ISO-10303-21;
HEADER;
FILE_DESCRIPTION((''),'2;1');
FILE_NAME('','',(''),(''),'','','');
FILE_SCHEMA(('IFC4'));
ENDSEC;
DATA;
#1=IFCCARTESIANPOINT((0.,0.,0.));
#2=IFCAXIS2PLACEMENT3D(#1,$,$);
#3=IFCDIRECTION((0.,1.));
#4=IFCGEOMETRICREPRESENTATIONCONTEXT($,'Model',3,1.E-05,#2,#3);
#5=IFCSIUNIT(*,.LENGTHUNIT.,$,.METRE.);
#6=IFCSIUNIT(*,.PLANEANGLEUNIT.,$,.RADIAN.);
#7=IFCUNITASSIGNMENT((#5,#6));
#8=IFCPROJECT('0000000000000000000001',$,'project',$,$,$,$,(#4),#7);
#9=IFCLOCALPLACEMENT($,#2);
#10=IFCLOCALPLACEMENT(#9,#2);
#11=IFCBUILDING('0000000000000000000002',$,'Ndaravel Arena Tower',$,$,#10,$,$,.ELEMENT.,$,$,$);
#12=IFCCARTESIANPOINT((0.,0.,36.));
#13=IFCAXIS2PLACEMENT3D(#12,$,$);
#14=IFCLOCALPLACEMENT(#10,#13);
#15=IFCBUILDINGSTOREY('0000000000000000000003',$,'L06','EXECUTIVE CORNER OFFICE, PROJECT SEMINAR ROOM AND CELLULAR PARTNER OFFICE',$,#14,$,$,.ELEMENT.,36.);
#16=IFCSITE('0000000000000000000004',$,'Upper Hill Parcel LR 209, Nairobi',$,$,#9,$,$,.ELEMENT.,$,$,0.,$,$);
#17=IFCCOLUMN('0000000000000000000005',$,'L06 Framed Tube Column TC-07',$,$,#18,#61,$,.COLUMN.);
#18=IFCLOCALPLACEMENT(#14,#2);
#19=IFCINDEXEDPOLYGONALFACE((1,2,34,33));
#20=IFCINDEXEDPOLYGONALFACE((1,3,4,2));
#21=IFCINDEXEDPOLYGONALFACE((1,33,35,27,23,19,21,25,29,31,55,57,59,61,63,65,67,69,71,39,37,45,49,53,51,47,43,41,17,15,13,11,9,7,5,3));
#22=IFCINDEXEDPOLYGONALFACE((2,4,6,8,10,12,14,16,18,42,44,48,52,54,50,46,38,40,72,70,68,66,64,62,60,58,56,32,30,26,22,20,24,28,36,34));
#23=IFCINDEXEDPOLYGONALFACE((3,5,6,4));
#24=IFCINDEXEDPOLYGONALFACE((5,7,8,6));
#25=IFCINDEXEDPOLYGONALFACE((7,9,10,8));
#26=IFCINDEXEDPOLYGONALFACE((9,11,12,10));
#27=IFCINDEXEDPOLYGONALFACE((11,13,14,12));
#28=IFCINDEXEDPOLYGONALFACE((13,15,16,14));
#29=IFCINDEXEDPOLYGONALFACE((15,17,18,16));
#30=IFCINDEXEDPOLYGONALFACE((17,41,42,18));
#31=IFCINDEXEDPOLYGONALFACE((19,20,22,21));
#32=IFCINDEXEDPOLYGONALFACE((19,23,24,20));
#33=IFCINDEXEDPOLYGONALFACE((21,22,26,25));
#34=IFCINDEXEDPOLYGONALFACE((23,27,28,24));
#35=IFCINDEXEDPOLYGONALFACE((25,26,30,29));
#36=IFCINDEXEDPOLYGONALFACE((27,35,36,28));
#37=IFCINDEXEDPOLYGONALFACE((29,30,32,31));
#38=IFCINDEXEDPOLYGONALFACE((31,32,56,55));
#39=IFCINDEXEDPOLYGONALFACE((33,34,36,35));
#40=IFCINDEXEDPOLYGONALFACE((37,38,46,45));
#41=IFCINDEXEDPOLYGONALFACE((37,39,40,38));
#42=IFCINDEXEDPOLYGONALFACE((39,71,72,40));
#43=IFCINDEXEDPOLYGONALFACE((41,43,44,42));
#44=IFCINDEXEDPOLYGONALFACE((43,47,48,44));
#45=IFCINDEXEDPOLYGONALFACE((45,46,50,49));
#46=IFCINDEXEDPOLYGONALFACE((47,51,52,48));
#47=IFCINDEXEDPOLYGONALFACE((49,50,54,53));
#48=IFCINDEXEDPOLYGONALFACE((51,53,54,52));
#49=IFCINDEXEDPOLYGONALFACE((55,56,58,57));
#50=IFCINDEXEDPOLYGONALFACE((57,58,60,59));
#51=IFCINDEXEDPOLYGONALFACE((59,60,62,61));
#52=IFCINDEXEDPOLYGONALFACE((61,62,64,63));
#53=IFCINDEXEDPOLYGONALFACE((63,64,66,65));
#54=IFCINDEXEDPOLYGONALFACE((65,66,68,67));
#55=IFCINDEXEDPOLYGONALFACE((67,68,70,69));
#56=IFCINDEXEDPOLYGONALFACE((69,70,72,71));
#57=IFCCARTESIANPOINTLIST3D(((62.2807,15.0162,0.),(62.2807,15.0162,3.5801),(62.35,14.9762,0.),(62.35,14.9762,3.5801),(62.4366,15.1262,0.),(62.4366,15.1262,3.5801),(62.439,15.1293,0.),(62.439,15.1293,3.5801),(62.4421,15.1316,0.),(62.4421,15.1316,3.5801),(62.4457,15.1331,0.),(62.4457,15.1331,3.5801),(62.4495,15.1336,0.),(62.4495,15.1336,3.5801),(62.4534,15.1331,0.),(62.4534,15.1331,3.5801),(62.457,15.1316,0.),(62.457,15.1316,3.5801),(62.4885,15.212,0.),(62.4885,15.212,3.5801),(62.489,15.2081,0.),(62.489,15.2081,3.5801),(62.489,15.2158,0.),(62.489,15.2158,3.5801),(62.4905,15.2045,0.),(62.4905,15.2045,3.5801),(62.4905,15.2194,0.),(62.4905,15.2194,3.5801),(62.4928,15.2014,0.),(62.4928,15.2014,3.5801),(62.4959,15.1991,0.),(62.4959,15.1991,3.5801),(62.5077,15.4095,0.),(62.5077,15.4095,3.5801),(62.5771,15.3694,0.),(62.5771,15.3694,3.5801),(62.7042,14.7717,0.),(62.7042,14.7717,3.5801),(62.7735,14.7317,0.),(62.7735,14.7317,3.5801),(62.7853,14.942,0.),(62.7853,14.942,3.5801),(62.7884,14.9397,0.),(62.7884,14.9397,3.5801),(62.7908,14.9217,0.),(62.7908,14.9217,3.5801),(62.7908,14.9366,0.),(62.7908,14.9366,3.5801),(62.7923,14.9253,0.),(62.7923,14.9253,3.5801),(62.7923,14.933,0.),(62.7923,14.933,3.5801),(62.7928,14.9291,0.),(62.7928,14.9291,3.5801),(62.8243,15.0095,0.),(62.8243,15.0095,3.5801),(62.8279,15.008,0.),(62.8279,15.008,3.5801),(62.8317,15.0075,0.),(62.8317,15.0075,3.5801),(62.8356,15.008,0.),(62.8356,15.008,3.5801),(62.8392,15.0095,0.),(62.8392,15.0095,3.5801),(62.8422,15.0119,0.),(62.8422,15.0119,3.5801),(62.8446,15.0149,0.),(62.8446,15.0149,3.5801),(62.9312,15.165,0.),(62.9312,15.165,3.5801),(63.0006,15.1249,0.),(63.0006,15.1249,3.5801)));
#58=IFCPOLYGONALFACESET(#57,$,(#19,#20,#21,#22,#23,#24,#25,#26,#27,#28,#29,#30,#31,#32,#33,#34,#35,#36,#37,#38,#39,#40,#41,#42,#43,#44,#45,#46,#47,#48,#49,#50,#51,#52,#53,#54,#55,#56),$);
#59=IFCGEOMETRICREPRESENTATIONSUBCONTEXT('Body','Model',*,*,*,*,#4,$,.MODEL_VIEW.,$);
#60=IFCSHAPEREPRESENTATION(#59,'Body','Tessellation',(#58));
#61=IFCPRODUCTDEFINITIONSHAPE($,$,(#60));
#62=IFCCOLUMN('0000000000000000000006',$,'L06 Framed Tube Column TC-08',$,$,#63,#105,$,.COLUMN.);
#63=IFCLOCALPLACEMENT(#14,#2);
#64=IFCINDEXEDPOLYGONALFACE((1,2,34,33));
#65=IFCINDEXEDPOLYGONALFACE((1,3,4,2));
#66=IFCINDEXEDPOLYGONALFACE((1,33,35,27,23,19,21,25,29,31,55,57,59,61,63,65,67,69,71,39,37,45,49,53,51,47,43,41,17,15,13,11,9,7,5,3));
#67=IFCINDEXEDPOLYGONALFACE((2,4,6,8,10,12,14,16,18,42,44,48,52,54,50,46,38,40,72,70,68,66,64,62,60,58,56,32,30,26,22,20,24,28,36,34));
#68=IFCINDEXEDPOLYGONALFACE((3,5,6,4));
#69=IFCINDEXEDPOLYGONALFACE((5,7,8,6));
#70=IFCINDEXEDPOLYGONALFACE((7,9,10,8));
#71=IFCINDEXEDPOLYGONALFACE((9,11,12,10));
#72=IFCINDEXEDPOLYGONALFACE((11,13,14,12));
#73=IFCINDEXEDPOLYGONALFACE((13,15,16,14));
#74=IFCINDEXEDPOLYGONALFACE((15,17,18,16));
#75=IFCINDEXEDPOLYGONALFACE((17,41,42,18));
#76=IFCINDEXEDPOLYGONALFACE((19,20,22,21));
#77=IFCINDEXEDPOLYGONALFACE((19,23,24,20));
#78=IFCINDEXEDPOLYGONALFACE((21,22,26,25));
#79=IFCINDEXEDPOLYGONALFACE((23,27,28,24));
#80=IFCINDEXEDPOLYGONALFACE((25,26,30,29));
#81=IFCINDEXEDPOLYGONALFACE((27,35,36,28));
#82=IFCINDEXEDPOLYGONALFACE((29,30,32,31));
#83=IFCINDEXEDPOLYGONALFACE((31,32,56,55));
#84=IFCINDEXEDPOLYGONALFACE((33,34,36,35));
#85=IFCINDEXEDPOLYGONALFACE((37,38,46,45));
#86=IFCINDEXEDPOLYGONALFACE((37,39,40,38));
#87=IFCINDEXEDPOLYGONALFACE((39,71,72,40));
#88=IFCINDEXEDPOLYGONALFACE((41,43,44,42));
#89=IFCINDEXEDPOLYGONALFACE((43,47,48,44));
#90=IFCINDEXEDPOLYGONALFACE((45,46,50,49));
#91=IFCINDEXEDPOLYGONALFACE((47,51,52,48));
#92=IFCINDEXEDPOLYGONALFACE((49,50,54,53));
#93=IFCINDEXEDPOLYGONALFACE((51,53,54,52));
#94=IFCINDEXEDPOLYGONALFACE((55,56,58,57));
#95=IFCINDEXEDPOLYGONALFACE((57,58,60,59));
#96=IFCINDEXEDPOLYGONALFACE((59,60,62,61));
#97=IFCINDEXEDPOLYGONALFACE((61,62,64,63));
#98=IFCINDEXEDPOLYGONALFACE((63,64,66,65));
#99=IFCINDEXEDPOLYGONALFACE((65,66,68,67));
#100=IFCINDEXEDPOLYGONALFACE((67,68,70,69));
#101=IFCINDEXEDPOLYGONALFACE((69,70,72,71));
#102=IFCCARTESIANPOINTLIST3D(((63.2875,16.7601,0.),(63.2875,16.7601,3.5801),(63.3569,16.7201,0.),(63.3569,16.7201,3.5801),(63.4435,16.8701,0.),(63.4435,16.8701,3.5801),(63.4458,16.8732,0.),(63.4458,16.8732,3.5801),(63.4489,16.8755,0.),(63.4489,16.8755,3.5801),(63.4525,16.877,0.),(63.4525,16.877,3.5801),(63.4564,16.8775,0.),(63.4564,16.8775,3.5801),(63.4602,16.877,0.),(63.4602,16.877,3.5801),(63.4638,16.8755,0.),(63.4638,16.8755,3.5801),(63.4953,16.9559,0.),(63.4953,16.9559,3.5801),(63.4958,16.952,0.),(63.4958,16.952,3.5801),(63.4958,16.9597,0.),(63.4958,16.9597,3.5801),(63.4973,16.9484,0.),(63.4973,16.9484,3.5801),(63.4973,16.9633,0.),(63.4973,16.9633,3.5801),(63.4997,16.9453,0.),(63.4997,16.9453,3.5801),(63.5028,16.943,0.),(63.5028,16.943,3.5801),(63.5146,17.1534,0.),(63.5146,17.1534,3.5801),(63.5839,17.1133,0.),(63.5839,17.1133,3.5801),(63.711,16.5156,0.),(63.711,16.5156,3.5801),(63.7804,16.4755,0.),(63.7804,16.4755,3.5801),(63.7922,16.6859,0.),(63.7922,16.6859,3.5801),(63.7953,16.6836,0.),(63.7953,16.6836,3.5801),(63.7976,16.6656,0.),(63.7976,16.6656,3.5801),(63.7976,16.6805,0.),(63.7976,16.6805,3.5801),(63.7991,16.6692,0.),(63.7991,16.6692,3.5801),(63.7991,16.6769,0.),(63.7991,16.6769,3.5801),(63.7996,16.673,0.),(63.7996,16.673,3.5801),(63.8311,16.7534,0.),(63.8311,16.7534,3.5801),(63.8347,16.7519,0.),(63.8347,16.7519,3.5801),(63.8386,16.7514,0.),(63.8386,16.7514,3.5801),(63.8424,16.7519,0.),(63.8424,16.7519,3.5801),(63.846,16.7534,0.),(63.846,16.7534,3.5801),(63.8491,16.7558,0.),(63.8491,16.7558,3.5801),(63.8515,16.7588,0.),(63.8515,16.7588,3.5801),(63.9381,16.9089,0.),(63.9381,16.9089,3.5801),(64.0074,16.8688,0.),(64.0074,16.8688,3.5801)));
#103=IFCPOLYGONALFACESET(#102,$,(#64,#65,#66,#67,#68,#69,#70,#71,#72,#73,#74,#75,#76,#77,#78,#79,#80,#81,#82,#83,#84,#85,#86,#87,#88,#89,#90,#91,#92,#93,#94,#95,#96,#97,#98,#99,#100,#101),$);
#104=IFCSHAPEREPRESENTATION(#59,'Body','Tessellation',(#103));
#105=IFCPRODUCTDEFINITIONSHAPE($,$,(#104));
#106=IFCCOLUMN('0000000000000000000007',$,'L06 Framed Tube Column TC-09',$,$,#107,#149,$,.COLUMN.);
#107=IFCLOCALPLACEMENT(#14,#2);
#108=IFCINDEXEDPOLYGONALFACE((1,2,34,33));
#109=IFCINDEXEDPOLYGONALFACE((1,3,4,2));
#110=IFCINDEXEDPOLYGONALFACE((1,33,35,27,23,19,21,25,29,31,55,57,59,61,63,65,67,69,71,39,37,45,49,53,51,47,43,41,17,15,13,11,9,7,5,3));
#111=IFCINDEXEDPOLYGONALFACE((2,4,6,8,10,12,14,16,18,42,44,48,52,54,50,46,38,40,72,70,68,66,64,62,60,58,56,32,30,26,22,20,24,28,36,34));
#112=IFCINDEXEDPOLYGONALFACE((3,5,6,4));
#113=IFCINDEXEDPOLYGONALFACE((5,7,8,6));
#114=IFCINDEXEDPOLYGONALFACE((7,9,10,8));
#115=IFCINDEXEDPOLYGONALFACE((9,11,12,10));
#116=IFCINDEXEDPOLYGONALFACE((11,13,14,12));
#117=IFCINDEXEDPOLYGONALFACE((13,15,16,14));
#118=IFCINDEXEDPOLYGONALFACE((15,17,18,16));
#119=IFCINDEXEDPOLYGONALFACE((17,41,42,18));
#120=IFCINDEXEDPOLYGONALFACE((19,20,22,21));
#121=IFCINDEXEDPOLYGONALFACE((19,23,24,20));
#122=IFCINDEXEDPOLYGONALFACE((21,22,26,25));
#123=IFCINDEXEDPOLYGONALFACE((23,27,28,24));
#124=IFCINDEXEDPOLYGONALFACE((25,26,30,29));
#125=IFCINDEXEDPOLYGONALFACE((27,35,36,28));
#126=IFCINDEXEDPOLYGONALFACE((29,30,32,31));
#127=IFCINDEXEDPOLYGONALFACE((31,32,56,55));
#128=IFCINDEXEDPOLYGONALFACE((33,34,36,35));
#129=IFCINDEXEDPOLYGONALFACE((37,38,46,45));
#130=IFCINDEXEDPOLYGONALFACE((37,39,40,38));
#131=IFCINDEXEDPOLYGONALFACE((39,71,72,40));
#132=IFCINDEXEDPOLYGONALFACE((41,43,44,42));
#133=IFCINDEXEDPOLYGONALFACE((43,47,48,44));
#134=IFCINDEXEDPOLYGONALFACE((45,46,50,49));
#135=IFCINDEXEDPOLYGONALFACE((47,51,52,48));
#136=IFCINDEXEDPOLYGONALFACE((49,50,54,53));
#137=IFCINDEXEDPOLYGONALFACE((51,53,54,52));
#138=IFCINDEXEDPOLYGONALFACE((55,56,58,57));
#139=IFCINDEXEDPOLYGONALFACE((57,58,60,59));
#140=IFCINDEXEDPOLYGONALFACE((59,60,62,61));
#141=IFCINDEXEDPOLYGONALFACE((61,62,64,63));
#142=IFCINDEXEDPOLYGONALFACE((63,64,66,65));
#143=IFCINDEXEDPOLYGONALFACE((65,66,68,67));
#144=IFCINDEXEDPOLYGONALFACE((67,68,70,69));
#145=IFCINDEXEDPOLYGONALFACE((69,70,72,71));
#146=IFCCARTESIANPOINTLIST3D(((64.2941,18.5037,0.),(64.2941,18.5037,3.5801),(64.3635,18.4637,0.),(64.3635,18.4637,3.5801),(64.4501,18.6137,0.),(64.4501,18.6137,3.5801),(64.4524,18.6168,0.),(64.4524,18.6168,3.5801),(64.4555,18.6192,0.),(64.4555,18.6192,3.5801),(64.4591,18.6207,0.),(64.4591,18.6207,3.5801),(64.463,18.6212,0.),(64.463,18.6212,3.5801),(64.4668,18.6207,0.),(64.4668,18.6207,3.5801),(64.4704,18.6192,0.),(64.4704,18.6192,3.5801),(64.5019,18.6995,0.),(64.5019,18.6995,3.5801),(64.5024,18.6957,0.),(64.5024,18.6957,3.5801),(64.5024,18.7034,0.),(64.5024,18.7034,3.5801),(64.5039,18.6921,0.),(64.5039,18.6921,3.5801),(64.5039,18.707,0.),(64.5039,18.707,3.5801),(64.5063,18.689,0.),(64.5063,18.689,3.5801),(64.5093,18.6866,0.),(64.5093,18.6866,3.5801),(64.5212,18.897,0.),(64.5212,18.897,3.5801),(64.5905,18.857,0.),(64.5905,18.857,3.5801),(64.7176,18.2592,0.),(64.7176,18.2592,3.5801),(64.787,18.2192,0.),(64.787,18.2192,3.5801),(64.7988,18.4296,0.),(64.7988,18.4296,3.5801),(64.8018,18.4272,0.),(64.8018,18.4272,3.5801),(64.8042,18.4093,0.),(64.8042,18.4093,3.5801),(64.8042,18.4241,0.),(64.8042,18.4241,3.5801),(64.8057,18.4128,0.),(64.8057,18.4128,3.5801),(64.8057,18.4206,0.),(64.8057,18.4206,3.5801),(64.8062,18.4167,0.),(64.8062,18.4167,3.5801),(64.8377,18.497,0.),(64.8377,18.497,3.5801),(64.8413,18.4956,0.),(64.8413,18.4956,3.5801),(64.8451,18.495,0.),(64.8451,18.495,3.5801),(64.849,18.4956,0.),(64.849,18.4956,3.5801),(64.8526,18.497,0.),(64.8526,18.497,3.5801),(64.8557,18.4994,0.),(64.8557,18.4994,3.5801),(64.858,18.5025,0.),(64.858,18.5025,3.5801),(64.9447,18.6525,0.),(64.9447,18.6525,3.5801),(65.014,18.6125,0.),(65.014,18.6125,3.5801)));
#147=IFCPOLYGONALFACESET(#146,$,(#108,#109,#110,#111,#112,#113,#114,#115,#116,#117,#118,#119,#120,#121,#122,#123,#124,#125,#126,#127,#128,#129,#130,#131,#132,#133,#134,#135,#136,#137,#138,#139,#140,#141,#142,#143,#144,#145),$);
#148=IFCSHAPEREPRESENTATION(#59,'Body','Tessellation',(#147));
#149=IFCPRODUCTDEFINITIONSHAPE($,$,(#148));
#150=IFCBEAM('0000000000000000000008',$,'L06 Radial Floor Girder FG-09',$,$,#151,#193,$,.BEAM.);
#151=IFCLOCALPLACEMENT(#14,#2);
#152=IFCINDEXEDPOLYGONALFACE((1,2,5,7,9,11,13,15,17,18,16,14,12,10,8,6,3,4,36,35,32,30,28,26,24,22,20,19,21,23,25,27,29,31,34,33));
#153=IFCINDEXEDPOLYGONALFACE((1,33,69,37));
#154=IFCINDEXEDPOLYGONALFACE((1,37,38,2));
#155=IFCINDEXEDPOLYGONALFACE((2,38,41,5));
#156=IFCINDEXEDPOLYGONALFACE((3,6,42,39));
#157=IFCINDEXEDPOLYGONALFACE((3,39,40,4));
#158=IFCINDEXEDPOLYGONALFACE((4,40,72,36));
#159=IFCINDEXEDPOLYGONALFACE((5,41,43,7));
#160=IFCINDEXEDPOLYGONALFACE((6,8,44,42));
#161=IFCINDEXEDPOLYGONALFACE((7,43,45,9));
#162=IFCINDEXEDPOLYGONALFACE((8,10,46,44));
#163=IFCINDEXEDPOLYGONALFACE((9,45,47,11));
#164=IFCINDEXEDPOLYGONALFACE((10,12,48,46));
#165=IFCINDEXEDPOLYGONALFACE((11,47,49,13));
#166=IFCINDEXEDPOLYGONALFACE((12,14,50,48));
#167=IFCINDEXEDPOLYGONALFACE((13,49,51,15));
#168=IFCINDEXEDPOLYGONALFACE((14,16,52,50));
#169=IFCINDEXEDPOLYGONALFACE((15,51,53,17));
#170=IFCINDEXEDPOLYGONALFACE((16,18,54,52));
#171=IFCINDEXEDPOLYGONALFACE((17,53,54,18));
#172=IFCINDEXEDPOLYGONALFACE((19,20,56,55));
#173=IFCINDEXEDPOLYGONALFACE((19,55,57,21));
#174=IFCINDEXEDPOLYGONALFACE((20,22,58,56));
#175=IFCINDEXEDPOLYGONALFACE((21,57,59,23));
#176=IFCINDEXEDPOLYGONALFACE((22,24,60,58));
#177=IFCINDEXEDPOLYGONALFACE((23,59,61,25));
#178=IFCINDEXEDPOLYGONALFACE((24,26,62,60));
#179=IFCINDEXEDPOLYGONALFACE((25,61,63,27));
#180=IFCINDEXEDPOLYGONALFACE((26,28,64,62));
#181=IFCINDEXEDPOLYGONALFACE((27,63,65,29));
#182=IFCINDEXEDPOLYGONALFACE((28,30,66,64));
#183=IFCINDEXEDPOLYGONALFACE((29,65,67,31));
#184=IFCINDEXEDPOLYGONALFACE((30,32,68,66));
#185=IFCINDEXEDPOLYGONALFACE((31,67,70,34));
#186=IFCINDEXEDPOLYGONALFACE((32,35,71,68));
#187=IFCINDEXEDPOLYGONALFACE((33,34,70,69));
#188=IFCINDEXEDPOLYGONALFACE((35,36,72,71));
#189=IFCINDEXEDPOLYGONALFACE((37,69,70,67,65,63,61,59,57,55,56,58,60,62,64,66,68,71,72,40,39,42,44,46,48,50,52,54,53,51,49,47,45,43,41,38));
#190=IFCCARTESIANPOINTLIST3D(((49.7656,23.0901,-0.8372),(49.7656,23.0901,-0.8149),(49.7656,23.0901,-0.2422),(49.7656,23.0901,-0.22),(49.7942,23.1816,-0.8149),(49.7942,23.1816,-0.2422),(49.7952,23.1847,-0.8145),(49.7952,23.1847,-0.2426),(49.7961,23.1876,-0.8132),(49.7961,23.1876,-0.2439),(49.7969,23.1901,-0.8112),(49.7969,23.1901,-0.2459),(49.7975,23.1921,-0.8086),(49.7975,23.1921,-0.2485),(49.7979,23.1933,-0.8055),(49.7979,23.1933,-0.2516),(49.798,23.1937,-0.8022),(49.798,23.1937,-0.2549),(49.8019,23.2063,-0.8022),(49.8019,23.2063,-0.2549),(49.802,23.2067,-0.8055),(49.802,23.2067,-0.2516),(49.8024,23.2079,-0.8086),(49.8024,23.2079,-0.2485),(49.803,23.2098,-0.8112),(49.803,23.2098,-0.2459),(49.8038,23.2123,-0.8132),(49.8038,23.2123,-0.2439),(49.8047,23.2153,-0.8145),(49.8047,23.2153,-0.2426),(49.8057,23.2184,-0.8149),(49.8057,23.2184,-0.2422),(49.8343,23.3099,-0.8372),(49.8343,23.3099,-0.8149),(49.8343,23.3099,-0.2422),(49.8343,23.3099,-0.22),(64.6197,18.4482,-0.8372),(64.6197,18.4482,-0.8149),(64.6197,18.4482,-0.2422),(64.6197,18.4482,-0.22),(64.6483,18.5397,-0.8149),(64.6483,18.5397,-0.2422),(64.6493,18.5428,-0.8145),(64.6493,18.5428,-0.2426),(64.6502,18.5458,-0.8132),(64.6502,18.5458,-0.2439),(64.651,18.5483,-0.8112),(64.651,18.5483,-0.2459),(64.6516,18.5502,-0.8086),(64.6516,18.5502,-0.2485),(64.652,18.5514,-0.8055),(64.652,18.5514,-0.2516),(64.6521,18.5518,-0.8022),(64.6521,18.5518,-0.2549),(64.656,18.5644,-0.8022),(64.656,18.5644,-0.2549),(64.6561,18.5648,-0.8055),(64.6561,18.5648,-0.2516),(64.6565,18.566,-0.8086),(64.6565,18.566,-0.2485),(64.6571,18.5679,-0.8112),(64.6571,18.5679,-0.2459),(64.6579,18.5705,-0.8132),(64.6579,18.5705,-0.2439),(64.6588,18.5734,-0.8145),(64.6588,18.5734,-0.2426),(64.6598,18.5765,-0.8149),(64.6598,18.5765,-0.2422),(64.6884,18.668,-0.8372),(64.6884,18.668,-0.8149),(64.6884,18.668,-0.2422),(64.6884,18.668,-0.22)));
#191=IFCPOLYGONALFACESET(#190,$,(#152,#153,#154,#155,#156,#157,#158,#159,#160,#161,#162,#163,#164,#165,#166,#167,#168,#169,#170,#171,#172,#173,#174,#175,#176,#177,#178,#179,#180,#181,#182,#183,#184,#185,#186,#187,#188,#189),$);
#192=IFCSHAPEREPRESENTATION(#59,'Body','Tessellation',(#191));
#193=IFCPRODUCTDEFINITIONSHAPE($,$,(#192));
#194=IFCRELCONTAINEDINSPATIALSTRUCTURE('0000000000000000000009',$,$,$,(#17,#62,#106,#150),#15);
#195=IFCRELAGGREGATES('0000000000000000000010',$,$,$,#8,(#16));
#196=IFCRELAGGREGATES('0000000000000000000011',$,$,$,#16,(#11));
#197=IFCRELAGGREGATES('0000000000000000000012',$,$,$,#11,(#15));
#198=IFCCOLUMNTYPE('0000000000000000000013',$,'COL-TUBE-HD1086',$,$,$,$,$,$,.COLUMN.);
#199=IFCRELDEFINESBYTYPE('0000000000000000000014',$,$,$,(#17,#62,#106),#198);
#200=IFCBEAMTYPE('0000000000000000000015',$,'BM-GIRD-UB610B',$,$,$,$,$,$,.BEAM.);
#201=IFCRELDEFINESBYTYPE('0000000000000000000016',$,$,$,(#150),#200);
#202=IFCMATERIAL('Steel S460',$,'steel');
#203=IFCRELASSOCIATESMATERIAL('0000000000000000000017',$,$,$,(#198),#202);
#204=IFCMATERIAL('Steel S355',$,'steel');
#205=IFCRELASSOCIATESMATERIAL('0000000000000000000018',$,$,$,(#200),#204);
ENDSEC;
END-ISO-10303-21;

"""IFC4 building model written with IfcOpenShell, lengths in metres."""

from ifc_helpers import new_model, si_unit, direction, frame, origin, origin_2d, place, context, subcontext, project, spatial, i_section, extrude, material, material_profile, profile_set, type_object, element, save


model = new_model("IFC4")

# Units and contexts
model_context = context("Model", 3, precision=1e-05, world=origin(), true_north=direction((0.0, 1.0)))
body_context = subcontext(model_context, "Body", "Model", "MODEL_VIEW")
ifc_project = project(units=[si_unit("LENGTHUNIT", "METRE"), si_unit("PLANEANGLEUNIT", "RADIAN")], contexts=[model_context])

# Site, building, storey
site_placement = place(None, origin())
site = spatial("IfcSite", under=ifc_project, at=site_placement, Name="Upper Hill Parcel LR 209, Nairobi", CompositionType="ELEMENT", RefElevation=0.0)
building_placement = place(site_placement, origin())
building = spatial("IfcBuilding", under=site, at=building_placement, Name="Ndaravel Arena Tower", CompositionType="ELEMENT")
storey_placement = place(building_placement, frame((0.0, 0.0, 36.0)))
storey = spatial("IfcBuildingStorey", under=building, at=storey_placement, Name="L06", Description="EXECUTIVE CORNER OFFICE, PROJECT SEMINAR ROOM AND CELLULAR PARTNER OFFICE", CompositionType="ELEMENT", Elevation=36.0)

# Columns
ifc_material_1 = material(Name="Steel S460", Category="steel")
ifc_material_profile_1 = material_profile(ifc_material_1, i_section(OverallWidth=0.4541, OverallDepth=0.5691, WebThickness=0.0779, FlangeThickness=0.0801, FilletRadius=0.0149, at=origin_2d()), Name="HD 400x1086")
ifc_profile_set_1 = profile_set([ifc_material_profile_1], Name="Steel S460")
column_type = type_object("IfcColumnType", Name="COL-TUBE-HD1086", PredefinedType="COLUMN", material=ifc_profile_set_1)
for number, where, z_axis, x_axis, name in (
    (1, (62.6406, 15.0706, 0.0), (0.0, 0.0, 1.0), (0.5, 0.866025, 0.0), "L06 Framed Tube Column TC-07"),
    (2, (63.6475, 16.8145, 0.0), (0.0, 0.0, 1.0), (0.5, 0.866025, 0.0), "L06 Framed Tube Column TC-08"),
    (3, (64.6541, 18.5581, 0.0), (0.0, 0.0, 1.0), (0.5, 0.866025, 0.0), "L06 Framed Tube Column TC-09"),
):
    element("IfcColumn", number, at=place(storey_placement, frame(where, z_axis=z_axis, x_axis=x_axis)), inside=storey, type_object=column_type, Name=name, PredefinedType="COLUMN", context=body_context, shape_type="SweptSolid", body=[
        extrude(i_section(OverallWidth=0.4541, OverallDepth=0.5691, WebThickness=0.0779, FlangeThickness=0.0801, FilletRadius=0.0149, at=origin_2d()), origin(), (0.0, 0.0, 1.0), 3.5801),
    ])

# Beam
ifc_material_2 = material(Name="Steel S355", Category="steel")
ifc_material_profile_2 = material_profile(ifc_material_2, i_section(OverallWidth=0.2302, OverallDepth=0.6172, WebThickness=0.0132, FlangeThickness=0.0222, FilletRadius=0.0127, at=origin_2d()), Name="UB 610x229x140")
ifc_profile_set_2 = profile_set([ifc_material_profile_2], Name="Steel S355")
beam_type_1 = type_object("IfcBeamType", Name="BM-GIRD-UB610B", PredefinedType="BEAM", material=ifc_profile_set_2)
beam_1_placement = place(storey_placement, frame((64.6541, 18.5581, -0.5286), z_axis=(-0.954481, 0.298273, 0.0), x_axis=(-0.298273, -0.954481, 0.0)))
element("IfcBeam", 4, at=beam_1_placement, inside=storey, type_object=beam_type_1, Name="L06 Radial Floor Girder FG-09", PredefinedType="BEAM", context=body_context, shape_type="SweptSolid", body=[
    extrude(i_section(OverallWidth=0.2302, OverallDepth=0.6172, WebThickness=0.0132, FlangeThickness=0.0222, FilletRadius=0.0127, at=origin_2d()), origin(), (0.0, 0.0, 1.0), 15.5625),
])

save(model, "model.ifc")
